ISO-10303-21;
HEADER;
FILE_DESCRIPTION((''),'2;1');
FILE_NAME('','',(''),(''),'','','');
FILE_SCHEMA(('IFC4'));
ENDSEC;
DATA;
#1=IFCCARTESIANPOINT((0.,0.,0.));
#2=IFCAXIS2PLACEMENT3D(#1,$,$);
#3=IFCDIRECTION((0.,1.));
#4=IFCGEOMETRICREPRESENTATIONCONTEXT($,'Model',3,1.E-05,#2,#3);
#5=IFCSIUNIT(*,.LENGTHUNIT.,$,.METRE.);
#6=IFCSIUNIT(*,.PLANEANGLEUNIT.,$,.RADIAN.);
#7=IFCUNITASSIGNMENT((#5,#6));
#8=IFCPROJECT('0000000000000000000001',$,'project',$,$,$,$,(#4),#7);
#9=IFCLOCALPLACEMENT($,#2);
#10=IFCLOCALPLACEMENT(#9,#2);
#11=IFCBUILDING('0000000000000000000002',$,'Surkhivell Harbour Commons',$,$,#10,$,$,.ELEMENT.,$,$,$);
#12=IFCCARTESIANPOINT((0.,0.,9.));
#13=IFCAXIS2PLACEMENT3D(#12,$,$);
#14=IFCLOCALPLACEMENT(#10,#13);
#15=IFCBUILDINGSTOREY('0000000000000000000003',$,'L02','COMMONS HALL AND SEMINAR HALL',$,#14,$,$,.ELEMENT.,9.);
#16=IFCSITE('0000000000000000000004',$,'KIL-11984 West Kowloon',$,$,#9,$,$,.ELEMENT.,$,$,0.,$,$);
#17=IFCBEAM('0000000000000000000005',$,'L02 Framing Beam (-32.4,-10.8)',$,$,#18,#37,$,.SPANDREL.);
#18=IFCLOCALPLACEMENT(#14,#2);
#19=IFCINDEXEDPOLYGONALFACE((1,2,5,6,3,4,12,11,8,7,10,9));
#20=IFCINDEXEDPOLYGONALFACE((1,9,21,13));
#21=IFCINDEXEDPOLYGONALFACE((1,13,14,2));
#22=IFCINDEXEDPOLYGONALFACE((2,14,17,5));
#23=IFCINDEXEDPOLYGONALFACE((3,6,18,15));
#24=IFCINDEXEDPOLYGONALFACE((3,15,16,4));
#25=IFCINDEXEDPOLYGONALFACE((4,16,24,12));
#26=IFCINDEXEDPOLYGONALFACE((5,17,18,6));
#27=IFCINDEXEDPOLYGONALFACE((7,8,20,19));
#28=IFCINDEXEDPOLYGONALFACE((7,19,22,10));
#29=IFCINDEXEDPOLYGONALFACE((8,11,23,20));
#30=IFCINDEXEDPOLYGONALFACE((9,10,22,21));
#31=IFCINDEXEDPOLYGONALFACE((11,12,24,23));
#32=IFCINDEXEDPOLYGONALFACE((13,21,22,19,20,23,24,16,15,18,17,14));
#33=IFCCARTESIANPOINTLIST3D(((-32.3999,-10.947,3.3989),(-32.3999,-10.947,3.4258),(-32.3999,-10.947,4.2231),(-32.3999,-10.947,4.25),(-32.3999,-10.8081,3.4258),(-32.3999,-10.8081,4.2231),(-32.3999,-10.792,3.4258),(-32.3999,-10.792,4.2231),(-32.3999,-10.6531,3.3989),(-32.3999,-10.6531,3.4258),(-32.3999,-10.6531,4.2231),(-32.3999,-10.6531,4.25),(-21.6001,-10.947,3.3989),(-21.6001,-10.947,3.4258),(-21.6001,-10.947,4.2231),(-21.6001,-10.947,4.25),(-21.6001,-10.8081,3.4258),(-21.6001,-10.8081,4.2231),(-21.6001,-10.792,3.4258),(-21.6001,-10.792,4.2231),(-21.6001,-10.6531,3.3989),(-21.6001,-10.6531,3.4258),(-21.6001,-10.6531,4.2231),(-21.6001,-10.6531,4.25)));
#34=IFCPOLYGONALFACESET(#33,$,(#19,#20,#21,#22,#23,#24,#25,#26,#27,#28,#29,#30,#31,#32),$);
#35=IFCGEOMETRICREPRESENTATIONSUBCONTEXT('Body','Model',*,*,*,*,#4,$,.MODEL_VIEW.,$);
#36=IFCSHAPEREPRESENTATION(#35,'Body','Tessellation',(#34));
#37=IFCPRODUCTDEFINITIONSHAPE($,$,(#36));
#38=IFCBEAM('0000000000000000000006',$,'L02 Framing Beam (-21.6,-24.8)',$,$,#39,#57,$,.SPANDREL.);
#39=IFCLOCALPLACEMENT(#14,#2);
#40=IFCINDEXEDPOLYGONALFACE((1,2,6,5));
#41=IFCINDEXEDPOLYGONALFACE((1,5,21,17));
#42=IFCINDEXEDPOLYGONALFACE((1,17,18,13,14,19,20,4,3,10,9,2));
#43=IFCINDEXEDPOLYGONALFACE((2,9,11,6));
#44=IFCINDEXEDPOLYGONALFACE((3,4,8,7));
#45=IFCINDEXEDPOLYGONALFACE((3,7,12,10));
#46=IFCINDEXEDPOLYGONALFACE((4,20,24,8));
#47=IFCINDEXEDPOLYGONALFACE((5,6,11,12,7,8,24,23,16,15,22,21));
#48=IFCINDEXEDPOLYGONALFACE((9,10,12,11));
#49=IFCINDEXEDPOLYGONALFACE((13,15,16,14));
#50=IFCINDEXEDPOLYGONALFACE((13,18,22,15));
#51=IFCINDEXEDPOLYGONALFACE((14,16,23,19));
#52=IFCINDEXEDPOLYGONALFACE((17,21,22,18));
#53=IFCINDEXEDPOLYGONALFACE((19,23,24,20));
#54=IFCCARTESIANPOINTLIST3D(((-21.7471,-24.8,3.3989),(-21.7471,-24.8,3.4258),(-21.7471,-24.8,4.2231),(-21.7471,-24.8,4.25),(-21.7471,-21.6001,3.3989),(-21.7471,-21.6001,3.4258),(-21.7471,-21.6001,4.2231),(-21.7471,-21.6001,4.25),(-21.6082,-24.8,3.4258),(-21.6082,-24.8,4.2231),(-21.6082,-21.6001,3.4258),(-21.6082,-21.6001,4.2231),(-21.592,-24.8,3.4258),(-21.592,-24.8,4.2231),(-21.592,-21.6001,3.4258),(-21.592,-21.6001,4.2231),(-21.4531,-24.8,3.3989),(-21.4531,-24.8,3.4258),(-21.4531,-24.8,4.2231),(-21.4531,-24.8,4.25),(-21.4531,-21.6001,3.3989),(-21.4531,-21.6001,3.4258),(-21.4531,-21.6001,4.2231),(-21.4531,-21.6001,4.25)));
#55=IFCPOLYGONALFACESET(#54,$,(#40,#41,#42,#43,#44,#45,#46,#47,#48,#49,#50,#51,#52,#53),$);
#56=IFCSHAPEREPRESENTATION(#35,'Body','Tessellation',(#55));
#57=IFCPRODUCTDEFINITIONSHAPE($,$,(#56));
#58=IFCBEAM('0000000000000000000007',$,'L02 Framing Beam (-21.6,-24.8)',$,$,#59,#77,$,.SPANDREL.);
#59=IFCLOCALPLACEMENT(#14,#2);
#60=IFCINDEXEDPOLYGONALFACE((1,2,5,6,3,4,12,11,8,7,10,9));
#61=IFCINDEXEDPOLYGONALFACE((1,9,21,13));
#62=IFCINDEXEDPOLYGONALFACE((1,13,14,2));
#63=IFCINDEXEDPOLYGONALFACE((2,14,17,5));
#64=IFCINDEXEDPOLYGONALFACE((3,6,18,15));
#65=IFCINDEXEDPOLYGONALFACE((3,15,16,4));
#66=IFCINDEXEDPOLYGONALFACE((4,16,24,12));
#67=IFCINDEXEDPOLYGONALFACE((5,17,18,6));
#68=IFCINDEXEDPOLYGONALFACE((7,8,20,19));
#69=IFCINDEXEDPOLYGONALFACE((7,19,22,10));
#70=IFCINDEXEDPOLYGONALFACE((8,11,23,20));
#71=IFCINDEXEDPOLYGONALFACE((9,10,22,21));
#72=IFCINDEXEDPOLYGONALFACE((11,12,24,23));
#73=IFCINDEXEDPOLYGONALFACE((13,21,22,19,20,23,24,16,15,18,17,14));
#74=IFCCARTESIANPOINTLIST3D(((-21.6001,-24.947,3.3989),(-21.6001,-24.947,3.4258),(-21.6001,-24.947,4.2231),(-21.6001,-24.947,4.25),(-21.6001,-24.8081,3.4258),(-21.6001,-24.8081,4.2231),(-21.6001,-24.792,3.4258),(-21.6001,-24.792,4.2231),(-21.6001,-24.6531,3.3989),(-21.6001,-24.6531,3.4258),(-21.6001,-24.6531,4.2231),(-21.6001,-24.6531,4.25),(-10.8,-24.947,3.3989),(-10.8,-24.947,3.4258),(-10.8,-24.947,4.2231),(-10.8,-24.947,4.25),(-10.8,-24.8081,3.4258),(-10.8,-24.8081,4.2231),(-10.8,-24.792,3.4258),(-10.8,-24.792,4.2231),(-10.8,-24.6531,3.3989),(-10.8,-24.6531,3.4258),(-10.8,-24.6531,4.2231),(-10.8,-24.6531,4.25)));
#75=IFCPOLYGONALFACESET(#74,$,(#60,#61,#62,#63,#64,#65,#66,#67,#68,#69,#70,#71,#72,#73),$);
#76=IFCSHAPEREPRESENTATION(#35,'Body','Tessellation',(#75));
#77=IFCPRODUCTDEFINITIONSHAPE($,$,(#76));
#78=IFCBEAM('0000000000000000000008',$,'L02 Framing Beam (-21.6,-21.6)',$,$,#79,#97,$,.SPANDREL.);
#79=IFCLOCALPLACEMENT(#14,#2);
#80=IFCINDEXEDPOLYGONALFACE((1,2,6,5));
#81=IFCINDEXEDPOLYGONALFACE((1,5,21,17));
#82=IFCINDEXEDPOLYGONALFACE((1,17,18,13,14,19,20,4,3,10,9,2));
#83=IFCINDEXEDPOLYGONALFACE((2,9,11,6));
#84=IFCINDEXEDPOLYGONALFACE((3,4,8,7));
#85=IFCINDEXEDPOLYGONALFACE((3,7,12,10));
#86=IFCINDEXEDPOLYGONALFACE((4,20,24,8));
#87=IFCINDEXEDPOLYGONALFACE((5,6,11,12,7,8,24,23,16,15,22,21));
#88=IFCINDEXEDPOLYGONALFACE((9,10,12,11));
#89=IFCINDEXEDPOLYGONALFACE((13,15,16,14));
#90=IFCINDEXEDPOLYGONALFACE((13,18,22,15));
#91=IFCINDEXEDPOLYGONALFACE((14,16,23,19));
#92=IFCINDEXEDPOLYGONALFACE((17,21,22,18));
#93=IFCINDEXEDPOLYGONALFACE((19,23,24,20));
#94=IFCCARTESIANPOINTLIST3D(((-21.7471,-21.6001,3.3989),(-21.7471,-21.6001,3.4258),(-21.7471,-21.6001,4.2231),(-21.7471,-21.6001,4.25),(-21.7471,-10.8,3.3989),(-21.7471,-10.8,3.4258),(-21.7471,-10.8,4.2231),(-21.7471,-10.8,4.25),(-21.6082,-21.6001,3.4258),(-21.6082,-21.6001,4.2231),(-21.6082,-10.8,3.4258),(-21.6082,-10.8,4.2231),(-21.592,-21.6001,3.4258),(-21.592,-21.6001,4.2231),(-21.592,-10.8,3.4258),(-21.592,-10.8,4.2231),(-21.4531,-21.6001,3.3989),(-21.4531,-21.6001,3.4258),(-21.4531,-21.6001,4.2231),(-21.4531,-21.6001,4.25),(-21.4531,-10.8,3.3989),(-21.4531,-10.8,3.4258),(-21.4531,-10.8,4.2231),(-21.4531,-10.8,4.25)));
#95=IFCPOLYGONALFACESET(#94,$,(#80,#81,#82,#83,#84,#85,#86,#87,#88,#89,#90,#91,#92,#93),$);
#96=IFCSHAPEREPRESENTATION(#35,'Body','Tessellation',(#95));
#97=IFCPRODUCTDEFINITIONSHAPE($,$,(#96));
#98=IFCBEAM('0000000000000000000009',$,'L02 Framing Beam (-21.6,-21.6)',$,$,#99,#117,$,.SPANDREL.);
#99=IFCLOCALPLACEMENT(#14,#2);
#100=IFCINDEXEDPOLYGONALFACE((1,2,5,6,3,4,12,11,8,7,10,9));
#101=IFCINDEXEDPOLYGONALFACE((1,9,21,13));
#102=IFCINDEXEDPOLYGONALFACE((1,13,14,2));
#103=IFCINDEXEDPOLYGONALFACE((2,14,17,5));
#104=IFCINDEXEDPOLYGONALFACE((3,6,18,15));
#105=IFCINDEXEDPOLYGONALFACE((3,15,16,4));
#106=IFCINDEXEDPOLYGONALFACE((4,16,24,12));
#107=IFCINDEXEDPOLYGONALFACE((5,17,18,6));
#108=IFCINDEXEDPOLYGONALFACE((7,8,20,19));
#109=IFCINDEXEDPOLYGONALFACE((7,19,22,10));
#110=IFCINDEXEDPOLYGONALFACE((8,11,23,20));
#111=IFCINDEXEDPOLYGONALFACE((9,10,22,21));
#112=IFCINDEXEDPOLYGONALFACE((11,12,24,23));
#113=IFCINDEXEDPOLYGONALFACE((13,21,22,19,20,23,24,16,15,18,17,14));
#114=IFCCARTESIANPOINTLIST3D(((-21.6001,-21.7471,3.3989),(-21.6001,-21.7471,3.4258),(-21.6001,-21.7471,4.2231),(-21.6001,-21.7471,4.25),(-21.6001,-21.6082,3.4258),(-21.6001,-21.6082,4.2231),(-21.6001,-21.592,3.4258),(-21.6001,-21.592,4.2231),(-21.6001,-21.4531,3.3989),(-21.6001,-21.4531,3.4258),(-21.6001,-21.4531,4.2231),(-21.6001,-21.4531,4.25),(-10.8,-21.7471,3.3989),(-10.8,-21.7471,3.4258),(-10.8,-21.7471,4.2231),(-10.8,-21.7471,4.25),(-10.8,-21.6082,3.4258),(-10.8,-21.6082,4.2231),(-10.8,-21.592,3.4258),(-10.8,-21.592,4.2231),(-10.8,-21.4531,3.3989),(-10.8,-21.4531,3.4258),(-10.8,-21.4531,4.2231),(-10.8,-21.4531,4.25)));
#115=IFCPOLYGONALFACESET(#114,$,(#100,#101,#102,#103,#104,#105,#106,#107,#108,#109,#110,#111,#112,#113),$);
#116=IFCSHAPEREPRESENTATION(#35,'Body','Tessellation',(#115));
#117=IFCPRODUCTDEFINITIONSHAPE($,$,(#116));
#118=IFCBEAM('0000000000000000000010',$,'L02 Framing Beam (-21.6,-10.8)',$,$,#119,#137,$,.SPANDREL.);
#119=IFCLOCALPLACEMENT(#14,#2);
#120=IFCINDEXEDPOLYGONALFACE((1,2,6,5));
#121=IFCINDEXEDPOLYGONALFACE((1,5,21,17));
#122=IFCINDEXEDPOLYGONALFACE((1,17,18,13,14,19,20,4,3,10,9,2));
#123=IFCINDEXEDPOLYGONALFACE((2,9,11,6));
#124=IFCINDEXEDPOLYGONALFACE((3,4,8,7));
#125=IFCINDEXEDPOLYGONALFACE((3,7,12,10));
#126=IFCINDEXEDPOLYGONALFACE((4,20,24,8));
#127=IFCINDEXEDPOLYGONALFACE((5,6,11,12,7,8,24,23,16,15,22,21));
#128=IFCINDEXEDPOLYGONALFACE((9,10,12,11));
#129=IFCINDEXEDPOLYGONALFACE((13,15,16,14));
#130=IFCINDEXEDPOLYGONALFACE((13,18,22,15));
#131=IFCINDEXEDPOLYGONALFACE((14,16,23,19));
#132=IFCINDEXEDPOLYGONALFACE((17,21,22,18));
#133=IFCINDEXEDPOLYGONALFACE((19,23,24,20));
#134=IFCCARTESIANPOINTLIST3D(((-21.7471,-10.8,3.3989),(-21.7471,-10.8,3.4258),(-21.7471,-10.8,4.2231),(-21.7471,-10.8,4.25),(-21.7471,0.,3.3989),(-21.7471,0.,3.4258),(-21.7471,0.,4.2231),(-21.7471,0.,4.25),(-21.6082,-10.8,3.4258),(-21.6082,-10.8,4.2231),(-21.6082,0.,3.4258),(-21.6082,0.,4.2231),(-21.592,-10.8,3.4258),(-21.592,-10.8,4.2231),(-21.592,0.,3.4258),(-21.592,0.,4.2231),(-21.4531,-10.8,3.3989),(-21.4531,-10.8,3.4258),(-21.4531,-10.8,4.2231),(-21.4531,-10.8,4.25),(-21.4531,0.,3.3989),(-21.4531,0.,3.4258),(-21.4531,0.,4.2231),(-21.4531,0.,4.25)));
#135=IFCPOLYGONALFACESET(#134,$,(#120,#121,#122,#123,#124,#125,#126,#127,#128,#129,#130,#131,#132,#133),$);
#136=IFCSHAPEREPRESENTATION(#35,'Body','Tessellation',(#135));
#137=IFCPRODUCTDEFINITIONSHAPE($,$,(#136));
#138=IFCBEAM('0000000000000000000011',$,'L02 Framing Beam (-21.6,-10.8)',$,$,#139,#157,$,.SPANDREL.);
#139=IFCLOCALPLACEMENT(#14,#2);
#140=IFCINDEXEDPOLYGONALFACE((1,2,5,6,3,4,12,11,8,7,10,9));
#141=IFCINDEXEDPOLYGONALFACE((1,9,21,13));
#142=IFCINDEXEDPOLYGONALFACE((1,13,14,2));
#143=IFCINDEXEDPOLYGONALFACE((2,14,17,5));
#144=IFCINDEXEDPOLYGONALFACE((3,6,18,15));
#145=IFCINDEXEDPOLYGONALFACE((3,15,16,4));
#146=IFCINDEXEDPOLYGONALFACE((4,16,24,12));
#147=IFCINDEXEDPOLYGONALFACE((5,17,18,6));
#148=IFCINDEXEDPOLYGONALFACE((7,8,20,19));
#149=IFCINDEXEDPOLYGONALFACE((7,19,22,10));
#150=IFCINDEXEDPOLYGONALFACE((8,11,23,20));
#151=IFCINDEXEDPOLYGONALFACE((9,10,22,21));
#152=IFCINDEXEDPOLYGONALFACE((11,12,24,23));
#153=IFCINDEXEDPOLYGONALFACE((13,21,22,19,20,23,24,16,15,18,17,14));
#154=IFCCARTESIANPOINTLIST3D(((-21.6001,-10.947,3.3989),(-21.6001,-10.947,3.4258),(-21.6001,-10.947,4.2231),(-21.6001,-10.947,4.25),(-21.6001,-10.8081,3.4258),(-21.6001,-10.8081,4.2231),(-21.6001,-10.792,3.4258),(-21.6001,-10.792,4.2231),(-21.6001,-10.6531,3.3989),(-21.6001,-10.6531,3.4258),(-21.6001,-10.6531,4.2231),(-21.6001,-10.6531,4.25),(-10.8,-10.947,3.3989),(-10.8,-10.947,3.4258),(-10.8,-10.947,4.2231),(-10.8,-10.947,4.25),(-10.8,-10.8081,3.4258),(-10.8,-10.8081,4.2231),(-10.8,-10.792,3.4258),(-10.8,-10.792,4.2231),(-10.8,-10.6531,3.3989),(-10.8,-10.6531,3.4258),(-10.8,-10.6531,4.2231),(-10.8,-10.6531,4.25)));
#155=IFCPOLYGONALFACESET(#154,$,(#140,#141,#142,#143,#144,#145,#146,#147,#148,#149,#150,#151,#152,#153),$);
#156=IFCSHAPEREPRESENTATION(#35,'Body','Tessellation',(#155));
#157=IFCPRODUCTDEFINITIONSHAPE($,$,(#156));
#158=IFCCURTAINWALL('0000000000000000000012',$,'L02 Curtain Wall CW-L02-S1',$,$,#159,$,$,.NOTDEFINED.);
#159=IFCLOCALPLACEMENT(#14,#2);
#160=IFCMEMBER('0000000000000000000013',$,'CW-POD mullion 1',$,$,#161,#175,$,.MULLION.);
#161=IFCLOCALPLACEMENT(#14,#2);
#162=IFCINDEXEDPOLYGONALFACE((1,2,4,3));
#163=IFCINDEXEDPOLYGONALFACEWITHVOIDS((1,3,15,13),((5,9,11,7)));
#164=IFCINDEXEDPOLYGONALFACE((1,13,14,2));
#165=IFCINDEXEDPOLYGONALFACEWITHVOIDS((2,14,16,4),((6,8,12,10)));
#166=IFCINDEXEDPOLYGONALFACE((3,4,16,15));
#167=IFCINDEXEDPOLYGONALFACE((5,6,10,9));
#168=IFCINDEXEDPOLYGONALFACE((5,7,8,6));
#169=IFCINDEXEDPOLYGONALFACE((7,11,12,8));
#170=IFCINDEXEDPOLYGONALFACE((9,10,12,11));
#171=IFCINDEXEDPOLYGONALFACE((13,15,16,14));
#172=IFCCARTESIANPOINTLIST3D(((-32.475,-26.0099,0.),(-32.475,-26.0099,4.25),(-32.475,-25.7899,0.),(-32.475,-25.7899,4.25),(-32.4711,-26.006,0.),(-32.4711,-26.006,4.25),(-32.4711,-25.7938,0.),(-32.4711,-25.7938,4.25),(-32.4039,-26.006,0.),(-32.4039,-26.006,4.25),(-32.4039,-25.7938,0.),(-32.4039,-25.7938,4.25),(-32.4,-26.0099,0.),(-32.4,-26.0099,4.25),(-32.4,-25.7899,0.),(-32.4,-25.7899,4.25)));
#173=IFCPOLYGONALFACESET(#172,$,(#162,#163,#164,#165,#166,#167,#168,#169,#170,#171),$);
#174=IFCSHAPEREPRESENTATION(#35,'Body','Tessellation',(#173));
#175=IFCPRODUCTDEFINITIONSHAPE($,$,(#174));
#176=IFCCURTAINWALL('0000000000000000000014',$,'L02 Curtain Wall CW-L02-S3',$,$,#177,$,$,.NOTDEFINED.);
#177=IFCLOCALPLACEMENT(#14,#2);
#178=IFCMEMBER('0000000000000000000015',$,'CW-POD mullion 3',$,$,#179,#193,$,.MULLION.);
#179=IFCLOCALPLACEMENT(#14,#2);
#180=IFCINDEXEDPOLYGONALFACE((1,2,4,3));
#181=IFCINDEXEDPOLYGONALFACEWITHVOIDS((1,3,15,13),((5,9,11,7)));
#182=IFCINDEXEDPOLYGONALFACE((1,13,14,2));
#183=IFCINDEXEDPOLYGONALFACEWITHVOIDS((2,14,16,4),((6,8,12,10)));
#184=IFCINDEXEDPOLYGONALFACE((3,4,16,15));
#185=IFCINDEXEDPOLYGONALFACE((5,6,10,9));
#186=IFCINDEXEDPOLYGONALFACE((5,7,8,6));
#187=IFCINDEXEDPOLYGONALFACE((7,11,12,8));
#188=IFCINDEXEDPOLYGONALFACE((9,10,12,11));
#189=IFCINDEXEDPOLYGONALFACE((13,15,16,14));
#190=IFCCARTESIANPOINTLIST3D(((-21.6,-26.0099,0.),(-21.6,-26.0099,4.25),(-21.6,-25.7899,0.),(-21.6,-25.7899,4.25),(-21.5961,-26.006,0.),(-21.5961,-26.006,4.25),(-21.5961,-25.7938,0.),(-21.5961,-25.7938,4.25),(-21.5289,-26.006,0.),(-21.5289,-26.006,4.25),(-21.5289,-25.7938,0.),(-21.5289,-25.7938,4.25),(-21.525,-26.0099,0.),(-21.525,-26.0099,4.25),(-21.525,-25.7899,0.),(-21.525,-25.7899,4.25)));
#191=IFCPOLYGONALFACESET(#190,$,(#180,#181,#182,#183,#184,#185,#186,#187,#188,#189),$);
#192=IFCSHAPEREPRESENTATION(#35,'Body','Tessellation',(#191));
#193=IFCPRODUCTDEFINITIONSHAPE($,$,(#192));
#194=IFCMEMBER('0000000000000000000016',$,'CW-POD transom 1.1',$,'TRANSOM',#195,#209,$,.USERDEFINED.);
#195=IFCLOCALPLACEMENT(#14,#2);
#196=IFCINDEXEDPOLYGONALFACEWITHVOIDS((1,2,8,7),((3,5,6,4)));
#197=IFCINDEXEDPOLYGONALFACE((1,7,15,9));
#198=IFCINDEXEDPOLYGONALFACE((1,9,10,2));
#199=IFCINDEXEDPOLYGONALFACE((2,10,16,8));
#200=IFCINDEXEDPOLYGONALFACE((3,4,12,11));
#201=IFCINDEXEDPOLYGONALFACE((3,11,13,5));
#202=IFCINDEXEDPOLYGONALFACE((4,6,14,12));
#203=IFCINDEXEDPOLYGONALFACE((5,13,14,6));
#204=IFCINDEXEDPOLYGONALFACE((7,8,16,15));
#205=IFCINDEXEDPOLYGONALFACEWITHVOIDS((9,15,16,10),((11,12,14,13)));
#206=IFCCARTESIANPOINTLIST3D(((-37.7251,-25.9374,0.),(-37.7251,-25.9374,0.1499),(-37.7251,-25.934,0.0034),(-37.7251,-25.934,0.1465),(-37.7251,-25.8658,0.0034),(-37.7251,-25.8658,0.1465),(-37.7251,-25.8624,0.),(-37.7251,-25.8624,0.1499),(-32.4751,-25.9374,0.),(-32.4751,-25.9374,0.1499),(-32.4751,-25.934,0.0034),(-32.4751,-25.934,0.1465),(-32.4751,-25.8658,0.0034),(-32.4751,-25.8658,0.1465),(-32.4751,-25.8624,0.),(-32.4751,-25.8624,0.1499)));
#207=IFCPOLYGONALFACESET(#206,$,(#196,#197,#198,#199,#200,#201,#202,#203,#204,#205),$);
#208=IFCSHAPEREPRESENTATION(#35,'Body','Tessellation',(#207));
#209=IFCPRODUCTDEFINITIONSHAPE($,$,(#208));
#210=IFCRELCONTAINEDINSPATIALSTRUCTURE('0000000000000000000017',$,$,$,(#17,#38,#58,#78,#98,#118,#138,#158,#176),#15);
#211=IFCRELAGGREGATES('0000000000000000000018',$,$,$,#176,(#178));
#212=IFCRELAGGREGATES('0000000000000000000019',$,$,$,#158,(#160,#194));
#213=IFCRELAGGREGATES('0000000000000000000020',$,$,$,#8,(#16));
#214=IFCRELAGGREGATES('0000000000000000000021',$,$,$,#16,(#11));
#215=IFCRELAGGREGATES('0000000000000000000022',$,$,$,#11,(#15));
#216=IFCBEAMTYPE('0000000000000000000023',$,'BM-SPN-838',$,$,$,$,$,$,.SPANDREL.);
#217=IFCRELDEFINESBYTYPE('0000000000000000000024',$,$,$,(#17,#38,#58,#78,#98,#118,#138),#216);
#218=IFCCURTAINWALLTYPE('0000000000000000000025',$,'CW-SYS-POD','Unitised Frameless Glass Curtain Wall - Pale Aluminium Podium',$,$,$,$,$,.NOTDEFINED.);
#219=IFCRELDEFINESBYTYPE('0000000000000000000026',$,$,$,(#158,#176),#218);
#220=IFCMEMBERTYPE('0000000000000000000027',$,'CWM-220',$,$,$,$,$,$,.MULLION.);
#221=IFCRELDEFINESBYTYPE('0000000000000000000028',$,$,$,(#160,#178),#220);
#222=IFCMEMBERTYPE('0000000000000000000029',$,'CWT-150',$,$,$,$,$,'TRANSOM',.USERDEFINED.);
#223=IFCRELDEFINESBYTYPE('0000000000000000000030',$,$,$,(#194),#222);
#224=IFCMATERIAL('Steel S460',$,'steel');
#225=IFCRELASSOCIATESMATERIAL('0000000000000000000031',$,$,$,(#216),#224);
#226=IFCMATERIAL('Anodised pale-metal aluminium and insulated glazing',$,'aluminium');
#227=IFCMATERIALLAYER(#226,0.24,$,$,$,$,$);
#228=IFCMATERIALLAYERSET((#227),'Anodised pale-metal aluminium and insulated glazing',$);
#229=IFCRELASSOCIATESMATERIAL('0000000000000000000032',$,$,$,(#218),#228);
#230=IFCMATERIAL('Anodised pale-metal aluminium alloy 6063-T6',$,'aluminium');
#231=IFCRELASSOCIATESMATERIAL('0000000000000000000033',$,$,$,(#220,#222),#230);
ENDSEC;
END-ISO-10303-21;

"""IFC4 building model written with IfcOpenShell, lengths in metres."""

from ifc_helpers import new_model, si_unit, direction, frame, origin, origin_2d, place, context, subcontext, project, spatial, hollow_rectangle, i_section, extrude, material, layer, layer_set, material_profile, profile_set, type_object, element, aggregate, save


model = new_model("IFC4")

# Units and contexts
model_context = context("Model", 3, precision=1e-05, world=origin(), true_north=direction((0.0, 1.0)))
body_context = subcontext(model_context, "Body", "Model", "MODEL_VIEW")
ifc_project = project(units=[si_unit("LENGTHUNIT", "METRE"), si_unit("PLANEANGLEUNIT", "RADIAN")], contexts=[model_context])

# Site, building, storey
site_placement = place(None, origin())
site = spatial("IfcSite", under=ifc_project, at=site_placement, Name="KIL-11984 West Kowloon", CompositionType="ELEMENT", RefElevation=0.0)
building_placement = place(site_placement, origin())
building = spatial("IfcBuilding", under=site, at=building_placement, Name="Surkhivell Harbour Commons", CompositionType="ELEMENT")
storey_placement = place(building_placement, frame((0.0, 0.0, 9.0)))
storey = spatial("IfcBuildingStorey", under=building, at=storey_placement, Name="L02", Description="COMMONS HALL AND SEMINAR HALL", CompositionType="ELEMENT", Elevation=9.0)

# Beams
ifc_material_1 = material(Name="Steel S460", Category="steel")
ifc_material_profile_1 = material_profile(ifc_material_1, i_section(OverallWidth=0.2939, OverallDepth=0.8511, WebThickness=0.0161, FlangeThickness=0.0269, at=origin_2d()), Name="UB838x292x226")
ifc_profile_set_1 = profile_set([ifc_material_profile_1], Name="Steel S460")
beam_type = type_object("IfcBeamType", Name="BM-SPN-838", PredefinedType="SPANDREL", material=ifc_profile_set_1)
beam_1_placement = place(storey_placement, frame((-32.3999, -10.8, 3.8245), z_axis=(1.0, 0.0, 0.0), x_axis=(0.0, 1.0, 0.0)))
element("IfcBeam", 1, at=beam_1_placement, inside=storey, type_object=beam_type, Name="L02 Framing Beam (-32.4,-10.8)", PredefinedType="SPANDREL", context=body_context, shape_type="SweptSolid", body=[
    extrude(i_section(OverallWidth=0.2939, OverallDepth=0.8511, WebThickness=0.0161, FlangeThickness=0.0269, at=origin_2d()), origin(), (0.0, 0.0, 1.0), 10.7998),
])
beam_2_placement = place(storey_placement, frame((-21.6001, -24.8, 3.8245), z_axis=(0.0, 1.0, 0.0), x_axis=(-1.0, 0.0, 0.0)))
element("IfcBeam", 2, at=beam_2_placement, inside=storey, type_object=beam_type, Name="L02 Framing Beam (-21.6,-24.8)", PredefinedType="SPANDREL", context=body_context, shape_type="SweptSolid", body=[
    extrude(i_section(OverallWidth=0.2939, OverallDepth=0.8511, WebThickness=0.0161, FlangeThickness=0.0269, at=origin_2d()), origin(), (0.0, 0.0, 1.0), 3.2),
])
for number, where, z_axis, x_axis, name in (
    (3, (-21.6001, -24.8, 3.8245), (1.0, 0.0, 0.0), (0.0, 1.0, 0.0), "L02 Framing Beam (-21.6,-24.8)"),
    (4, (-21.6001, -21.6001, 3.8245), (0.0, 1.0, 0.0), (-1.0, 0.0, 0.0), "L02 Framing Beam (-21.6,-21.6)"),
    (5, (-21.6001, -21.6001, 3.8245), (1.0, 0.0, 0.0), (0.0, 1.0, 0.0), "L02 Framing Beam (-21.6,-21.6)"),
    (6, (-21.6001, -10.8, 3.8245), (0.0, 1.0, 0.0), (-1.0, 0.0, 0.0), "L02 Framing Beam (-21.6,-10.8)"),
    (7, (-21.6001, -10.8, 3.8245), (1.0, 0.0, 0.0), (0.0, 1.0, 0.0), "L02 Framing Beam (-21.6,-10.8)"),
):
    element("IfcBeam", number, at=place(storey_placement, frame(where, z_axis=z_axis, x_axis=x_axis)), inside=storey, type_object=beam_type, Name=name, PredefinedType="SPANDREL", context=body_context, shape_type="SweptSolid", body=[
        extrude(i_section(OverallWidth=0.2939, OverallDepth=0.8511, WebThickness=0.0161, FlangeThickness=0.0269, at=origin_2d()), origin(), (0.0, 0.0, 1.0), 10.8),
    ])

# Curtain walls, members
ifc_material_2 = material(Name="Anodised pale-metal aluminium and insulated glazing", Category="aluminium")
ifc_layer_1 = layer(ifc_material_2, 0.24)
ifc_layer_set_1 = layer_set([ifc_layer_1], Name="Anodised pale-metal aluminium and insulated glazing")
curtain_wall_type = type_object("IfcCurtainWallType", Name="CW-SYS-POD", Description="Unitised Frameless Glass Curtain Wall - Pale Aluminium Podium", PredefinedType="NOTDEFINED", material=ifc_layer_set_1)
curtain_wall_1_placement = place(storey_placement, origin())
curtain_wall_1 = element("IfcCurtainWall", 8, at=curtain_wall_1_placement, inside=storey, type_object=curtain_wall_type, Name="L02 Curtain Wall CW-L02-S1", PredefinedType="NOTDEFINED")
ifc_material_3 = material(Name="Anodised pale-metal aluminium alloy 6063-T6", Category="aluminium")
ifc_material_profile_2 = material_profile(ifc_material_3, hollow_rectangle(XDim=0.075, YDim=0.22, WallThickness=0.0039, at=origin_2d()), Name="ALU-MULL-75x220")
ifc_profile_set_2 = profile_set([ifc_material_profile_2], Name="Anodised pale-metal aluminium alloy 6063-T6")
member_type_1 = type_object("IfcMemberType", Name="CWM-220", PredefinedType="MULLION", material=ifc_profile_set_2)
member_1_placement = place(storey_placement, frame((-32.4375, -25.8999, 0.0), z_axis=(0.0, 0.0, 1.0), x_axis=(-1.0, 0.0, 0.0)))
member_1 = element("IfcMember", 9, at=member_1_placement, type_object=member_type_1, Name="CW-POD mullion 1", PredefinedType="MULLION", context=body_context, shape_type="SweptSolid", body=[
    extrude(hollow_rectangle(XDim=0.075, YDim=0.22, WallThickness=0.0039, at=origin_2d()), origin(), (0.0, 0.0, 1.0), 4.25),
])
curtain_wall_2_placement = place(storey_placement, origin())
curtain_wall_2 = element("IfcCurtainWall", 10, at=curtain_wall_2_placement, inside=storey, type_object=curtain_wall_type, Name="L02 Curtain Wall CW-L02-S3", PredefinedType="NOTDEFINED")
member_2_placement = place(storey_placement, frame((-21.5625, -25.8999, 0.0), z_axis=(0.0, 0.0, 1.0), x_axis=(-1.0, 0.0, 0.0)))
member_2 = element("IfcMember", 11, at=member_2_placement, type_object=member_type_1, Name="CW-POD mullion 3", PredefinedType="MULLION", context=body_context, shape_type="SweptSolid", body=[
    extrude(hollow_rectangle(XDim=0.075, YDim=0.22, WallThickness=0.0039, at=origin_2d()), origin(), (0.0, 0.0, 1.0), 4.25),
])

# Member
ifc_material_profile_3 = material_profile(ifc_material_3, hollow_rectangle(XDim=0.075, YDim=0.1499, WallThickness=0.0034, at=origin_2d()), Name="ALU-TRAN-75x150")
ifc_profile_set_3 = profile_set([ifc_material_profile_3], Name="Anodised pale-metal aluminium alloy 6063-T6")
member_type_2 = type_object("IfcMemberType", Name="CWT-150", ElementType="TRANSOM", PredefinedType="USERDEFINED", material=ifc_profile_set_3)
member_3_placement = place(storey_placement, frame((-32.4751, -25.8999, 0.075), z_axis=(-1.0, 0.0, 0.0), x_axis=(0.0, -1.0, 0.0)))
member_3 = element("IfcMember", 12, at=member_3_placement, type_object=member_type_2, Name="CW-POD transom 1.1", ObjectType="TRANSOM", PredefinedType="USERDEFINED", context=body_context, shape_type="SweptSolid", body=[
    extrude(hollow_rectangle(XDim=0.075, YDim=0.1499, WallThickness=0.0034, at=origin_2d()), origin(), (0.0, 0.0, 1.0), 5.25),
])
aggregate(curtain_wall_2, [member_2])

aggregate(curtain_wall_1, [member_1, member_3])

save(model, "model.ifc")
